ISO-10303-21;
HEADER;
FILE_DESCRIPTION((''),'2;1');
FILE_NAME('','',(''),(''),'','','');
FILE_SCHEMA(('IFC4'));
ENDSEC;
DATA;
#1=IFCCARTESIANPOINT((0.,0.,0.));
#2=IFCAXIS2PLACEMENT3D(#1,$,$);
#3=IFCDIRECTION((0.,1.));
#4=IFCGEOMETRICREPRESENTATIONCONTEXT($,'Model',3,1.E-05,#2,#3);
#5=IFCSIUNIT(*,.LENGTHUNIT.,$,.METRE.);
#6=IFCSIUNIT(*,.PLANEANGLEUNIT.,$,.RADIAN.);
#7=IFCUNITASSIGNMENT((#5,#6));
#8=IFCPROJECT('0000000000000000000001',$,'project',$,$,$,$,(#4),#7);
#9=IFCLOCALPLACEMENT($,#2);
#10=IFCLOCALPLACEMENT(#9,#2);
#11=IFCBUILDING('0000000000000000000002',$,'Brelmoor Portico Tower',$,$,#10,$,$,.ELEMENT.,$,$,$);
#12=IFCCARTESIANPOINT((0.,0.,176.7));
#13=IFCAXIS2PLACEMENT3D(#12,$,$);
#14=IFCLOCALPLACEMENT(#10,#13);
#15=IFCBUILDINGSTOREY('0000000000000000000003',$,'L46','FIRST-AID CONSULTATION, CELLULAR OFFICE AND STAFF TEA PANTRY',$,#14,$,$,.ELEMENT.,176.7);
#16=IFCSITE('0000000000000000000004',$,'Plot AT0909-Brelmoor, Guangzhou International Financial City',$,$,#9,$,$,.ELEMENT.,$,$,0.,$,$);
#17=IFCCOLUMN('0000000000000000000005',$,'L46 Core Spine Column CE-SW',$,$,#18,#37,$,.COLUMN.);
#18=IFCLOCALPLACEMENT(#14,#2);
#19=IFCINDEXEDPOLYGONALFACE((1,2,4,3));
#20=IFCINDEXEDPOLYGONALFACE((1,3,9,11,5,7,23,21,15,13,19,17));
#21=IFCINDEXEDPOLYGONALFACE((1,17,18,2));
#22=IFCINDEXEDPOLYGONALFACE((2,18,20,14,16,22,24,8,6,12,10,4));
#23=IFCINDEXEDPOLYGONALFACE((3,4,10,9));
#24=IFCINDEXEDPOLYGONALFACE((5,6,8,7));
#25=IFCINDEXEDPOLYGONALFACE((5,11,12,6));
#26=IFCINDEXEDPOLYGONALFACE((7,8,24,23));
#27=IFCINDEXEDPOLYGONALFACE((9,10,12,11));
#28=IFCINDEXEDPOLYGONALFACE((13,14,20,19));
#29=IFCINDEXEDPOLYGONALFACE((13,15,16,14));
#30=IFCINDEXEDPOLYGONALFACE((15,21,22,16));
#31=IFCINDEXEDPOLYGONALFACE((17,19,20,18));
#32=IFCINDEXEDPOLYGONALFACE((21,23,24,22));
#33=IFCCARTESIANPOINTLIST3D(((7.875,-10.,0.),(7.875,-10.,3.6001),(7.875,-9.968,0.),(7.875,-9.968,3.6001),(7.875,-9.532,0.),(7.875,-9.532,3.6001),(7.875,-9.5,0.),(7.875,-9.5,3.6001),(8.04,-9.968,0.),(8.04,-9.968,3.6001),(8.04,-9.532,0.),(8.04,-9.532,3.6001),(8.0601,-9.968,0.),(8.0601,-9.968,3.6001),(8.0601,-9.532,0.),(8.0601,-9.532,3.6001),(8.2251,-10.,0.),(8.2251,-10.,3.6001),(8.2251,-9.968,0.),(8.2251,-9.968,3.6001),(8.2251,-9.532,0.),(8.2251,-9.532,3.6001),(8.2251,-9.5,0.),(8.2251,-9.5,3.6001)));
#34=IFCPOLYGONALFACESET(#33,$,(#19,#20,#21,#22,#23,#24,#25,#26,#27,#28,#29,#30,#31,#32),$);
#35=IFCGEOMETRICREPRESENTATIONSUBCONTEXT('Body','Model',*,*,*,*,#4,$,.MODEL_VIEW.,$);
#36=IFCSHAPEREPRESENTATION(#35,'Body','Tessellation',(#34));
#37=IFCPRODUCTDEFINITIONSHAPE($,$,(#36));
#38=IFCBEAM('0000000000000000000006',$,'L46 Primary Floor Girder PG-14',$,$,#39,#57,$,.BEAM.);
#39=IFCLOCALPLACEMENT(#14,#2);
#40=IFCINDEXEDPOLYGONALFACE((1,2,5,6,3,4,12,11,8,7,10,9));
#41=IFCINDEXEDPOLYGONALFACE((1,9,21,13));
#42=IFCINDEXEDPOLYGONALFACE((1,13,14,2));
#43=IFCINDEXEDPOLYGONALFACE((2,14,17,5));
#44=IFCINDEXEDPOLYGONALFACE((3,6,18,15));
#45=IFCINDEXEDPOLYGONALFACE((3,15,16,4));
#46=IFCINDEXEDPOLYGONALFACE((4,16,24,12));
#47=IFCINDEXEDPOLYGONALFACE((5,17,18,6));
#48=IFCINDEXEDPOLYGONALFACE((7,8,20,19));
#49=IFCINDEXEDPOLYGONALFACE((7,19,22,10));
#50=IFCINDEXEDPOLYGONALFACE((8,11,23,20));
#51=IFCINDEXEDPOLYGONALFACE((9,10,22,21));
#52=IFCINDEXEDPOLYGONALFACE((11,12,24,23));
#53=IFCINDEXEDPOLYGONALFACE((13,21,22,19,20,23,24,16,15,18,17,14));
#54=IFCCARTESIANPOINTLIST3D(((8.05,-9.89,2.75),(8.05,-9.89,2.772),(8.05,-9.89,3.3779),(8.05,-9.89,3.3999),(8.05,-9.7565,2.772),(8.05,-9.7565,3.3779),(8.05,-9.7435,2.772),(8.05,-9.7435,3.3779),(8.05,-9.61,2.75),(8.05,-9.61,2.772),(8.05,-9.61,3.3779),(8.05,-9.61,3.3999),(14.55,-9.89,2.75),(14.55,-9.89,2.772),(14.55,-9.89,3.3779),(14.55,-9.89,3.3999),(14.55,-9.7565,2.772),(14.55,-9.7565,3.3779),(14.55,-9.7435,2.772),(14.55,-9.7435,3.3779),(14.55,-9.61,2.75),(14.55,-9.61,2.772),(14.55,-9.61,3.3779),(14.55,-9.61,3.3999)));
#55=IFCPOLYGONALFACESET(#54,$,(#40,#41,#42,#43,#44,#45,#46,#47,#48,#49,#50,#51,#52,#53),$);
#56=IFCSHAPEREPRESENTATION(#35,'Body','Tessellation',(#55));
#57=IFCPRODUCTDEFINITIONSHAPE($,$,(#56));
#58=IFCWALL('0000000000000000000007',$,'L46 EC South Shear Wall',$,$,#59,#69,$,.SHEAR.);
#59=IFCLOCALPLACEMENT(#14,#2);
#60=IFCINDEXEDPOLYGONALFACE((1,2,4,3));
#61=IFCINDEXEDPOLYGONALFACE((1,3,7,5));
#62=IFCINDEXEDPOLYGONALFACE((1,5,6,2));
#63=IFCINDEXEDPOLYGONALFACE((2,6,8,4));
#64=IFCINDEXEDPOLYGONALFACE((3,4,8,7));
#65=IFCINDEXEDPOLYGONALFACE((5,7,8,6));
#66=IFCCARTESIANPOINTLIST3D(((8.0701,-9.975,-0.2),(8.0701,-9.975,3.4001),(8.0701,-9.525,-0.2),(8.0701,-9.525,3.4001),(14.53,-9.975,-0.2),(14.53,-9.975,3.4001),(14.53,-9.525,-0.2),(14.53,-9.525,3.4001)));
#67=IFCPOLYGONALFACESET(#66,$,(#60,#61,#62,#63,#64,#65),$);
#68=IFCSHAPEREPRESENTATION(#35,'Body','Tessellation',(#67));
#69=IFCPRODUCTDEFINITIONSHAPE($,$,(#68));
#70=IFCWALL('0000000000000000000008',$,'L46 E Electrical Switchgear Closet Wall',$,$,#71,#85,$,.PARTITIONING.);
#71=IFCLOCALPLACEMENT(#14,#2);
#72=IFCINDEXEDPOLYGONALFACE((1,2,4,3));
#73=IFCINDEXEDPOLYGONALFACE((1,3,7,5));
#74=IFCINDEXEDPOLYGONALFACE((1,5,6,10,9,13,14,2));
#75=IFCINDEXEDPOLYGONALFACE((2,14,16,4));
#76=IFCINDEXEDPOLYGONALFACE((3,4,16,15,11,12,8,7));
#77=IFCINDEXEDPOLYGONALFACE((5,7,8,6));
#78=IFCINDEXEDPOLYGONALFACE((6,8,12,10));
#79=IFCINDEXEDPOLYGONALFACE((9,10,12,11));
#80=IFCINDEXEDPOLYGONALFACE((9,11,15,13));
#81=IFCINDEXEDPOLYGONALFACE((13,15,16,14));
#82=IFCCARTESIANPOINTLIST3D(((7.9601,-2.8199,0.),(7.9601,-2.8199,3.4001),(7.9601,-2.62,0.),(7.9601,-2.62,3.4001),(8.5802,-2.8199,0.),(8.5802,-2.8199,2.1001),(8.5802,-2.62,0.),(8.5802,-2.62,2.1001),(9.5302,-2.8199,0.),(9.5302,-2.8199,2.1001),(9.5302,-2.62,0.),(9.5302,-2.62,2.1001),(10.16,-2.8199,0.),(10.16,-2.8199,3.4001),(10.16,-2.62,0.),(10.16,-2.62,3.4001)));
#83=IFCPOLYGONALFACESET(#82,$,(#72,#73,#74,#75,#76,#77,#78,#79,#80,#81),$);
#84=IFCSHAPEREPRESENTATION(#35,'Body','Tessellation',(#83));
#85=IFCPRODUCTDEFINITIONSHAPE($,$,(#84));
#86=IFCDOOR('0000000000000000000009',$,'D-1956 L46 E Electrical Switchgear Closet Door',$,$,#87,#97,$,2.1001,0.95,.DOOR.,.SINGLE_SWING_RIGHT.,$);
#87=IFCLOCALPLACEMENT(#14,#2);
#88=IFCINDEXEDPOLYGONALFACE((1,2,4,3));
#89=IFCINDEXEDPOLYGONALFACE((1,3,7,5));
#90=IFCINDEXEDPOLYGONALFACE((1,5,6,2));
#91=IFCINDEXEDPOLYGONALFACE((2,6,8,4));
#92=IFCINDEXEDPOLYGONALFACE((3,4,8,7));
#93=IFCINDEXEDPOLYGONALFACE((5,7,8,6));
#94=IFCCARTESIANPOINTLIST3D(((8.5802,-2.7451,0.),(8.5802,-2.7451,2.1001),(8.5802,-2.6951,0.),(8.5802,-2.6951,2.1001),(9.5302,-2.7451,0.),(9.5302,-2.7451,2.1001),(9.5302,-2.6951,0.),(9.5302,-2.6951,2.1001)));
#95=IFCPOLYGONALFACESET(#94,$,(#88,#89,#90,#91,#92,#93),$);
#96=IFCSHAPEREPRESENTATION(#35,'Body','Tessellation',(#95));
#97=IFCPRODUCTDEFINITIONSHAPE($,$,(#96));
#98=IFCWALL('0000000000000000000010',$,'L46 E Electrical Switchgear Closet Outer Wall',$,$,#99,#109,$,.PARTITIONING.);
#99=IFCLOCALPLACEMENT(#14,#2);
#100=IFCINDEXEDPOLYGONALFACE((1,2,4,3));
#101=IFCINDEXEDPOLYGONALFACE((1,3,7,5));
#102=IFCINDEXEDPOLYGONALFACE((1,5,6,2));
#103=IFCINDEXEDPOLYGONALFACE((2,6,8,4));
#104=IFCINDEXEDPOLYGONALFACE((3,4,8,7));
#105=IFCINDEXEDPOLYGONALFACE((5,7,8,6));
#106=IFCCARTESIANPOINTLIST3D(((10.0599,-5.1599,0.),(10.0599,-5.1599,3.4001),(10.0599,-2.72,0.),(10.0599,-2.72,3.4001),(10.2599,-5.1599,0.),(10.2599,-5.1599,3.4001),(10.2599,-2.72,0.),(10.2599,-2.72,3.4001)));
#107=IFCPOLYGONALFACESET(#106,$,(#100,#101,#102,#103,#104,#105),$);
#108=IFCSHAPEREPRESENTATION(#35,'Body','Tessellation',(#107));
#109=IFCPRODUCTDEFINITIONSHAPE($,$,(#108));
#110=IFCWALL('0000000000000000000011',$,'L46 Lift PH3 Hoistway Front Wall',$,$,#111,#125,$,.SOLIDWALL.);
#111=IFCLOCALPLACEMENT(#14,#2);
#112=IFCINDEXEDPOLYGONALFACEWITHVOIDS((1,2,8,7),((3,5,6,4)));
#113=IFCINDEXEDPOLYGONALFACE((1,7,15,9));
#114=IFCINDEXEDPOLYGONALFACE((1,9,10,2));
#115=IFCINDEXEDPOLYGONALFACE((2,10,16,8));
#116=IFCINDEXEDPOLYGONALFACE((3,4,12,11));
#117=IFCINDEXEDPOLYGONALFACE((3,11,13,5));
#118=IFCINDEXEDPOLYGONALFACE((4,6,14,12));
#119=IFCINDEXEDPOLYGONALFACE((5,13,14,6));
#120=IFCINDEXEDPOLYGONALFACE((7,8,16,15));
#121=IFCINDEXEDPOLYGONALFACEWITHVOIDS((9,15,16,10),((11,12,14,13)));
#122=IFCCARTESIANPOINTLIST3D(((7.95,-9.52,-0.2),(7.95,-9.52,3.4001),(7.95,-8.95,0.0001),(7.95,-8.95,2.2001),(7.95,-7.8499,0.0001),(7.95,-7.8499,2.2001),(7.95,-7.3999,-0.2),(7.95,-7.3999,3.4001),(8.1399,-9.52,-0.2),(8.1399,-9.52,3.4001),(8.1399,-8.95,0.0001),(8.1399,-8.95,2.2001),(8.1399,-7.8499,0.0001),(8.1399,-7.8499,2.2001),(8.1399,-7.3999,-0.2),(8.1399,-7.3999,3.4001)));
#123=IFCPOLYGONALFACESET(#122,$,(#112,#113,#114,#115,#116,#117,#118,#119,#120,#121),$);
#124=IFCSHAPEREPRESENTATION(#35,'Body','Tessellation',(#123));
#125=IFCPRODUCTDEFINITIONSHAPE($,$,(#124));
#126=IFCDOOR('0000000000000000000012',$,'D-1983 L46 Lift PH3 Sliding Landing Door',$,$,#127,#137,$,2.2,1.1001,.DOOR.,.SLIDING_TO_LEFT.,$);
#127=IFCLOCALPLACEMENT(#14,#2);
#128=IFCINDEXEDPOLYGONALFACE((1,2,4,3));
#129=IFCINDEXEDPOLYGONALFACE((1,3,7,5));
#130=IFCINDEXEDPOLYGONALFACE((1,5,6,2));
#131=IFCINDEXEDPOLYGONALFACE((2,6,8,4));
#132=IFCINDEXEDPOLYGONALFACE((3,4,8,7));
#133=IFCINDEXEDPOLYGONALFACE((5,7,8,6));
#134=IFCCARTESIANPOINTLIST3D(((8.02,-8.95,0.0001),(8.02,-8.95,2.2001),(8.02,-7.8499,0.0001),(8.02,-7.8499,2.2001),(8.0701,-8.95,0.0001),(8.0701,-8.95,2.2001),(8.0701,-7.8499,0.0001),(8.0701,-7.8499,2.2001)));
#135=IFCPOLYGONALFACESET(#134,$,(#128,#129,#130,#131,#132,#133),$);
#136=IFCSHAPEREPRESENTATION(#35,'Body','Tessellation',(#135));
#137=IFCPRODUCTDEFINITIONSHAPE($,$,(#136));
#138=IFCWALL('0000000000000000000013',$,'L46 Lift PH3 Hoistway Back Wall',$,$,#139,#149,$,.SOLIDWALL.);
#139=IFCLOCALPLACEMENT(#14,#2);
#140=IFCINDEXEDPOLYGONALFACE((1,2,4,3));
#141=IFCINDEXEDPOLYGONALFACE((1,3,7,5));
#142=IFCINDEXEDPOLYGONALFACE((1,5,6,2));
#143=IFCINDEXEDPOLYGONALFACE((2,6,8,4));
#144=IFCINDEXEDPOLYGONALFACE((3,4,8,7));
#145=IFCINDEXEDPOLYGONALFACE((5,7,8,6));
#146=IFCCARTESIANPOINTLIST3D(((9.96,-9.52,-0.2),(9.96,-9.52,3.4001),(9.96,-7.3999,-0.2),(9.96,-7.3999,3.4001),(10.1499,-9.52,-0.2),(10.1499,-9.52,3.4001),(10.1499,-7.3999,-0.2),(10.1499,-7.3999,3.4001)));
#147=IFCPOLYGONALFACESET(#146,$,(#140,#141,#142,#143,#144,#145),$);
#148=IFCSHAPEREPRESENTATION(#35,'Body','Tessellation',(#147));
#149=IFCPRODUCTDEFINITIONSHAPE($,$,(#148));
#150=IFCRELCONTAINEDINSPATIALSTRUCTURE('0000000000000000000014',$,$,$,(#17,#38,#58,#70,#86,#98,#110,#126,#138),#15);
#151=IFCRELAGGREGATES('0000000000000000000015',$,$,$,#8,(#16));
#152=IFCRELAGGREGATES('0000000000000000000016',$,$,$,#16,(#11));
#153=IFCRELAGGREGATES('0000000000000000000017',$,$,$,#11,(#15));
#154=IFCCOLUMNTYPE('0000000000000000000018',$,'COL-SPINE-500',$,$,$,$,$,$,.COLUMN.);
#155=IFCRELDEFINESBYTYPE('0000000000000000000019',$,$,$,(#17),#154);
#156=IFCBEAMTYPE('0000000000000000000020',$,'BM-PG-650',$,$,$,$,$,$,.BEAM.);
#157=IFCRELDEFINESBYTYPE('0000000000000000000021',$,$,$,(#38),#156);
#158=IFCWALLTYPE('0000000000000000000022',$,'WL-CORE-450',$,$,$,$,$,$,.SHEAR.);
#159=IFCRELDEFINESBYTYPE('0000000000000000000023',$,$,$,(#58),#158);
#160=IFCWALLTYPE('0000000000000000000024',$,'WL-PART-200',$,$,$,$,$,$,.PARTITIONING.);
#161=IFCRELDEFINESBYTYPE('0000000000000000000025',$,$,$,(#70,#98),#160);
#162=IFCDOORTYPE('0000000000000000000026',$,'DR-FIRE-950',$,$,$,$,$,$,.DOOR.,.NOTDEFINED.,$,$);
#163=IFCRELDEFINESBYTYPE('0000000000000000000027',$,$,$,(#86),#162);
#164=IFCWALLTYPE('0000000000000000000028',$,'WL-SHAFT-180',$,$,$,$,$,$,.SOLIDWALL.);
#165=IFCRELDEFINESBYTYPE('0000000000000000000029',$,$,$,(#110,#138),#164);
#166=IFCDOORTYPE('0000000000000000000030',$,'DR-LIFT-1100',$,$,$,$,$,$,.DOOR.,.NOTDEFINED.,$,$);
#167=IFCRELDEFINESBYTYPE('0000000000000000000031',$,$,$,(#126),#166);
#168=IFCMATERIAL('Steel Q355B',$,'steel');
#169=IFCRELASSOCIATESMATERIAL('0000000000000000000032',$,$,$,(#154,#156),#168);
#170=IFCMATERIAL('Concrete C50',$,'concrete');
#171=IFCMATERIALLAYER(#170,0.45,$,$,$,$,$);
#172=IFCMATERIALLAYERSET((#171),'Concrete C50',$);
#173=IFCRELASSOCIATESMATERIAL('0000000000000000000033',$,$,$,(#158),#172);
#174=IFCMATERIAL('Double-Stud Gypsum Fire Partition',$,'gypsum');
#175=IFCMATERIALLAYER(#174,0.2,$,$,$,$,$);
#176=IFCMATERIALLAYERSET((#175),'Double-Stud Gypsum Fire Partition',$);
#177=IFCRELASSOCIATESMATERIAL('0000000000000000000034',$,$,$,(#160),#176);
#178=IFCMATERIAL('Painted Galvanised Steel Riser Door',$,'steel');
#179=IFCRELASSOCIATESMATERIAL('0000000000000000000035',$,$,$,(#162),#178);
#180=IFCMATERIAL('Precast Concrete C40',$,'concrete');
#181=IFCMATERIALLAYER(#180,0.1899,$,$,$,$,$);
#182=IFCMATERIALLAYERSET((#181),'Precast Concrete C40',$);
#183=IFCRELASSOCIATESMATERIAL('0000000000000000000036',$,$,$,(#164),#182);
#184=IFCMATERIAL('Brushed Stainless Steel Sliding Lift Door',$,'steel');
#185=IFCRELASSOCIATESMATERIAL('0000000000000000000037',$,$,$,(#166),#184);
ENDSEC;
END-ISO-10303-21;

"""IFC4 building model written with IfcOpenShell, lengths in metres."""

from ifc_helpers import new_model, si_unit, direction, frame, frame_2d, origin, origin_2d, place, context, subcontext, project, spatial, rectangle, i_section, extrude, material, layer, layer_set, material_profile, profile_set, type_object, element, fill, save


model = new_model("IFC4")

# Units and contexts
model_context = context("Model", 3, precision=1e-05, world=origin(), true_north=direction((0.0, 1.0)))
body_context = subcontext(model_context, "Body", "Model", "MODEL_VIEW")
ifc_project = project(units=[si_unit("LENGTHUNIT", "METRE"), si_unit("PLANEANGLEUNIT", "RADIAN")], contexts=[model_context])

# Site, building, storey
site_placement = place(None, origin())
site = spatial("IfcSite", under=ifc_project, at=site_placement, Name="Plot AT0909-Brelmoor, Guangzhou International Financial City", CompositionType="ELEMENT", RefElevation=0.0)
building_placement = place(site_placement, origin())
building = spatial("IfcBuilding", under=site, at=building_placement, Name="Brelmoor Portico Tower", CompositionType="ELEMENT")
storey_placement = place(building_placement, frame((0.0, 0.0, 176.7)))
storey = spatial("IfcBuildingStorey", under=building, at=storey_placement, Name="L46", Description="FIRST-AID CONSULTATION, CELLULAR OFFICE AND STAFF TEA PANTRY", CompositionType="ELEMENT", Elevation=176.7)

# Column
ifc_material_1 = material(Name="Steel Q355B", Category="steel")
ifc_material_profile_1 = material_profile(ifc_material_1, i_section(OverallWidth=0.3501, OverallDepth=0.5, WebThickness=0.02, FlangeThickness=0.032, at=origin_2d()), Name="HW 500x350x20x32")
ifc_profile_set_1 = profile_set([ifc_material_profile_1], Name="Steel Q355B")
column_type = type_object("IfcColumnType", Name="COL-SPINE-500", PredefinedType="COLUMN", material=ifc_profile_set_1)
column_placement = place(storey_placement, frame((8.05, -9.75, 0.0), z_axis=(0.0, 0.0, 1.0), x_axis=(1.0, 0.0, 0.0)))
element("IfcColumn", 1, at=column_placement, inside=storey, type_object=column_type, Name="L46 Core Spine Column CE-SW", PredefinedType="COLUMN", context=body_context, shape_type="SweptSolid", body=[
    extrude(i_section(OverallWidth=0.3501, OverallDepth=0.5, WebThickness=0.02, FlangeThickness=0.032, at=origin_2d()), origin(), (0.0, 0.0, 1.0), 3.6001),
])

# Beam
ifc_material_profile_2 = material_profile(ifc_material_1, i_section(OverallWidth=0.28, OverallDepth=0.6499, WebThickness=0.0129, FlangeThickness=0.022, at=origin_2d()), Name="HN 650x280x13x22")
ifc_profile_set_2 = profile_set([ifc_material_profile_2], Name="Steel Q355B")
beam_type = type_object("IfcBeamType", Name="BM-PG-650", PredefinedType="BEAM", material=ifc_profile_set_2)
beam_placement = place(storey_placement, frame((8.05, -9.75, 3.075), z_axis=(1.0, 0.0, 0.0), x_axis=(0.0, 1.0, 0.0)))
element("IfcBeam", 2, at=beam_placement, inside=storey, type_object=beam_type, Name="L46 Primary Floor Girder PG-14", PredefinedType="BEAM", context=body_context, shape_type="SweptSolid", body=[
    extrude(i_section(OverallWidth=0.28, OverallDepth=0.6499, WebThickness=0.0129, FlangeThickness=0.022, at=origin_2d()), origin(), (0.0, 0.0, 1.0), 6.5),
])

# Wall
ifc_material_2 = material(Name="Concrete C50", Category="concrete")
ifc_layer_1 = layer(ifc_material_2, 0.45)
ifc_layer_set_1 = layer_set([ifc_layer_1], Name="Concrete C50")
wall_type_1 = type_object("IfcWallType", Name="WL-CORE-450", PredefinedType="SHEAR", material=ifc_layer_set_1)
wall_1_placement = place(storey_placement, frame((8.0701, -9.75, -0.2), z_axis=(0.0, 0.0, 1.0), x_axis=(1.0, 0.0, 0.0)))
element("IfcWall", 3, at=wall_1_placement, inside=storey, type_object=wall_type_1, Name="L46 EC South Shear Wall", PredefinedType="SHEAR", context=body_context, shape_type="SweptSolid", body=[
    extrude(rectangle(XDim=6.46, YDim=0.45, at=frame_2d((3.23, 0.0))), origin(), (0.0, 0.0, 1.0), 3.6001),
])

# Wall, opening, door
ifc_material_3 = material(Name="Double-Stud Gypsum Fire Partition", Category="gypsum")
ifc_layer_2 = layer(ifc_material_3, 0.2)
ifc_layer_set_2 = layer_set([ifc_layer_2], Name="Double-Stud Gypsum Fire Partition")
wall_type_2 = type_object("IfcWallType", Name="WL-PART-200", PredefinedType="PARTITIONING", material=ifc_layer_set_2)
wall_2_placement = place(storey_placement, frame((7.96, -2.72, 0.0), z_axis=(0.0, 0.0, 1.0), x_axis=(1.0, 0.0, 0.0)))
wall_2 = element("IfcWall", 4, at=wall_2_placement, inside=storey, type_object=wall_type_2, Name="L46 E Electrical Switchgear Closet Wall", PredefinedType="PARTITIONING", context=body_context, shape_type="SweptSolid", body=[
    extrude(rectangle(XDim=2.2, YDim=0.2, at=frame_2d((1.1001, 0.0))), origin(), (0.0, 0.0, 1.0), 3.4001),
])
opening_1_placement = place(wall_2_placement, frame((0.6201, 0.0, 0.0)))
opening_1 = element("IfcOpeningElement", 5, at=opening_1_placement, cuts=wall_2, PredefinedType="OPENING", context=body_context, shape_type="SweptSolid", body=[
    extrude(rectangle(XDim=0.95, YDim=2.1001, at=frame_2d((0.4751, 1.05))), frame((0.0, 0.1099, 0.0), z_axis=(0.0, -1.0, 0.0), x_axis=(1.0, 0.0, 0.0)), (0.0, 0.0, 1.0), 0.22),
])
ifc_material_4 = material(Name="Painted Galvanised Steel Riser Door", Category="steel")
door_type_1 = type_object("IfcDoorType", Name="DR-FIRE-950", OperationType="NOTDEFINED", PredefinedType="DOOR", material=ifc_material_4)
door_1_placement = place(opening_1_placement, origin())
door_1 = element("IfcDoor", 6, at=door_1_placement, inside=storey, type_object=door_type_1, Name="D-1956 L46 E Electrical Switchgear Closet Door", OperationType="SINGLE_SWING_RIGHT", OverallHeight=2.1001, OverallWidth=0.95, PredefinedType="DOOR", context=body_context, shape_type="SweptSolid", body=[
    extrude(rectangle(XDim=0.95, YDim=2.1001, at=frame_2d((0.4751, 1.05))), frame((0.0, 0.0249, 0.0), z_axis=(0.0, -1.0, 0.0), x_axis=(1.0, 0.0, 0.0)), (0.0, 0.0, 1.0), 0.05),
])
fill(opening_1, door_1)

# Wall
wall_3_placement = place(storey_placement, frame((10.1599, -5.1599, 0.0), z_axis=(0.0, 0.0, 1.0), x_axis=(0.0, 1.0, 0.0)))
element("IfcWall", 7, at=wall_3_placement, inside=storey, type_object=wall_type_2, Name="L46 E Electrical Switchgear Closet Outer Wall", PredefinedType="PARTITIONING", context=body_context, shape_type="SweptSolid", body=[
    extrude(rectangle(XDim=2.4399, YDim=0.2, at=frame_2d((1.22, 0.0))), origin(), (0.0, 0.0, 1.0), 3.4001),
])

# Wall, opening, door
ifc_material_5 = material(Name="Precast Concrete C40", Category="concrete")
ifc_layer_3 = layer(ifc_material_5, 0.1899)
ifc_layer_set_3 = layer_set([ifc_layer_3], Name="Precast Concrete C40")
wall_type_3 = type_object("IfcWallType", Name="WL-SHAFT-180", PredefinedType="SOLIDWALL", material=ifc_layer_set_3)
wall_4_placement = place(storey_placement, frame((8.0449, -9.52, -0.2), z_axis=(0.0, 0.0, 1.0), x_axis=(0.0, 1.0, 0.0)))
wall_4 = element("IfcWall", 8, at=wall_4_placement, inside=storey, type_object=wall_type_3, Name="L46 Lift PH3 Hoistway Front Wall", PredefinedType="SOLIDWALL", context=body_context, shape_type="SweptSolid", body=[
    extrude(rectangle(XDim=2.1201, YDim=0.1899, at=frame_2d((1.0601, 0.0))), origin(), (0.0, 0.0, 1.0), 3.6001),
])
opening_2_placement = place(wall_4_placement, frame((0.5701, 0.0, 0.2)))
opening_2 = element("IfcOpeningElement", 9, at=opening_2_placement, cuts=wall_4, PredefinedType="OPENING", context=body_context, shape_type="SweptSolid", body=[
    extrude(rectangle(XDim=1.1001, YDim=2.2, at=frame_2d((0.55, 1.1001))), frame((0.0, 0.105, 0.0), z_axis=(0.0, -1.0, 0.0), x_axis=(1.0, 0.0, 0.0)), (0.0, 0.0, 1.0), 0.21),
])
ifc_material_6 = material(Name="Brushed Stainless Steel Sliding Lift Door", Category="steel")
door_type_2 = type_object("IfcDoorType", Name="DR-LIFT-1100", OperationType="NOTDEFINED", PredefinedType="DOOR", material=ifc_material_6)
door_2_placement = place(opening_2_placement, origin())
door_2 = element("IfcDoor", 10, at=door_2_placement, inside=storey, type_object=door_type_2, Name="D-1983 L46 Lift PH3 Sliding Landing Door", OperationType="SLIDING_TO_LEFT", OverallHeight=2.2, OverallWidth=1.1001, PredefinedType="DOOR", context=body_context, shape_type="SweptSolid", body=[
    extrude(rectangle(XDim=1.1001, YDim=2.2, at=frame_2d((0.55, 1.1001))), frame((0.0, 0.0249, 0.0), z_axis=(0.0, -1.0, 0.0), x_axis=(1.0, 0.0, 0.0)), (0.0, 0.0, 1.0), 0.05),
])
fill(opening_2, door_2)

# Wall
wall_5_placement = place(storey_placement, frame((10.0549, -9.52, -0.2), z_axis=(0.0, 0.0, 1.0), x_axis=(0.0, 1.0, 0.0)))
element("IfcWall", 11, at=wall_5_placement, inside=storey, type_object=wall_type_3, Name="L46 Lift PH3 Hoistway Back Wall", PredefinedType="SOLIDWALL", context=body_context, shape_type="SweptSolid", body=[
    extrude(rectangle(XDim=2.1201, YDim=0.1899, at=frame_2d((1.0601, 0.0))), origin(), (0.0, 0.0, 1.0), 3.6001),
])

save(model, "model.ifc")
